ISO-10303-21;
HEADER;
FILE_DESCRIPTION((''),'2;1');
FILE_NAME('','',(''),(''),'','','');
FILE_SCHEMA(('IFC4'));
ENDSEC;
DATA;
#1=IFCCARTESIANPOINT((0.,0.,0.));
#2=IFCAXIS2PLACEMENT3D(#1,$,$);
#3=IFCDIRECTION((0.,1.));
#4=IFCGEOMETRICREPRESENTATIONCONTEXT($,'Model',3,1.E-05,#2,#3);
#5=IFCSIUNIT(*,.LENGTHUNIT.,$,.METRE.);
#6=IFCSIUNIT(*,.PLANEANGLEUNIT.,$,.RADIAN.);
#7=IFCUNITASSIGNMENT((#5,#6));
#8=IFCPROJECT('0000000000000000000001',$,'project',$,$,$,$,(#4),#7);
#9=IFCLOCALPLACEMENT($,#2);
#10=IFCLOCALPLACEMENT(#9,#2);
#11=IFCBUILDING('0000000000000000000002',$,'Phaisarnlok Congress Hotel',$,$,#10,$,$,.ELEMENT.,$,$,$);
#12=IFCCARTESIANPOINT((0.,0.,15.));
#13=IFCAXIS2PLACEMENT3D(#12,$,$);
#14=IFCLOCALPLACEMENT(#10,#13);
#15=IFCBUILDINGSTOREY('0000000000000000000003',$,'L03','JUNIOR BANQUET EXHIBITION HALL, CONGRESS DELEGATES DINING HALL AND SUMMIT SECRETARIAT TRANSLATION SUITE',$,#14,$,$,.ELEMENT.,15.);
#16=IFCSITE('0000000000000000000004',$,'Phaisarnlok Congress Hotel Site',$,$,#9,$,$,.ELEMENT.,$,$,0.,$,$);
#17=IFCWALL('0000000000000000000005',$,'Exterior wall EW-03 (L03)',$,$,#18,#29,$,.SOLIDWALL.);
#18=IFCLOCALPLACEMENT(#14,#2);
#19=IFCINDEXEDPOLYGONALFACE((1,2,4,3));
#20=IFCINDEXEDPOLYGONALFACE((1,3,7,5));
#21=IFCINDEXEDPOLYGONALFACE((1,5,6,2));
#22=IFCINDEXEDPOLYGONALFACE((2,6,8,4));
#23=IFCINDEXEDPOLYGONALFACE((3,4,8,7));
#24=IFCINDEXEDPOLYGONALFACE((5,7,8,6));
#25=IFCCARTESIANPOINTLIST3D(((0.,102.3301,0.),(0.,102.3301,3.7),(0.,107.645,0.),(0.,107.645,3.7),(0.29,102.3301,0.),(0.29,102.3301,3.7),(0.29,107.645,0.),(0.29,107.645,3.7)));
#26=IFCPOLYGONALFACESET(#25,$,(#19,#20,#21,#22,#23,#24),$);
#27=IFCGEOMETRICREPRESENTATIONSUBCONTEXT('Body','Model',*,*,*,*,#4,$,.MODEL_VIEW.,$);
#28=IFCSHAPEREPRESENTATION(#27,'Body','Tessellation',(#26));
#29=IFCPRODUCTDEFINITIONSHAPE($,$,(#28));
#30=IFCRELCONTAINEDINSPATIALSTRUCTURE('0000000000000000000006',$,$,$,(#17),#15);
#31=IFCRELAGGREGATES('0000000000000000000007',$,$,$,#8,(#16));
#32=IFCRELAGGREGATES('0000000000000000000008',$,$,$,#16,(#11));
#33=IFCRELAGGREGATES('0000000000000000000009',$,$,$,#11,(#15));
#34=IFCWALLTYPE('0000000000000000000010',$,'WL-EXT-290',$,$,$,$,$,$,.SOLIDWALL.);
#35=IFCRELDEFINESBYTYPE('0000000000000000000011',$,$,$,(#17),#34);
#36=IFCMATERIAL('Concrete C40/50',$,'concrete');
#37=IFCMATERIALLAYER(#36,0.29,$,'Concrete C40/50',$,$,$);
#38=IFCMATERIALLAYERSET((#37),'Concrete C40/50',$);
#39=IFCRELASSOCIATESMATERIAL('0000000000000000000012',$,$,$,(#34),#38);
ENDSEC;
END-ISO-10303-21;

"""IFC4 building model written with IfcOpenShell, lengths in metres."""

from ifc_helpers import new_model, si_unit, direction, frame, frame_2d, origin, place, context, subcontext, project, spatial, rectangle, extrude, material, layer, layer_set, type_object, element, save


model = new_model("IFC4")

# Units and contexts
model_context = context("Model", 3, precision=1e-05, world=origin(), true_north=direction((0.0, 1.0)))
body_context = subcontext(model_context, "Body", "Model", "MODEL_VIEW")
ifc_project = project(units=[si_unit("LENGTHUNIT", "METRE"), si_unit("PLANEANGLEUNIT", "RADIAN")], contexts=[model_context])

# Site, building, storey
site_placement = place(None, origin())
site = spatial("IfcSite", under=ifc_project, at=site_placement, Name="Phaisarnlok Congress Hotel Site", CompositionType="ELEMENT", RefElevation=0.0)
building_placement = place(site_placement, origin())
building = spatial("IfcBuilding", under=site, at=building_placement, Name="Phaisarnlok Congress Hotel", CompositionType="ELEMENT")
storey_placement = place(building_placement, frame((0.0, 0.0, 15.0)))
storey = spatial("IfcBuildingStorey", under=building, at=storey_placement, Name="L03", Description="JUNIOR BANQUET EXHIBITION HALL, CONGRESS DELEGATES DINING HALL AND SUMMIT SECRETARIAT TRANSLATION SUITE", CompositionType="ELEMENT", Elevation=15.0)

# Shared definitions
ifc_material_1 = material(Name="Concrete C40/50", Category="concrete")

# Wall
ifc_layer_1 = layer(ifc_material_1, 0.29, Name="Concrete C40/50")
ifc_layer_set_1 = layer_set([ifc_layer_1], Name="Concrete C40/50")
wall_type = type_object("IfcWallType", Name="WL-EXT-290", PredefinedType="SOLIDWALL", material=ifc_layer_set_1)
wall_placement = place(storey_placement, frame((0.145, 107.645, 0.0), z_axis=(0.0, 0.0, 1.0), x_axis=(0.0, -1.0, 0.0)))
element("IfcWall", 1, at=wall_placement, inside=storey, type_object=wall_type, Name="Exterior wall EW-03 (L03)", PredefinedType="SOLIDWALL", context=body_context, shape_type="SweptSolid", body=[
    extrude(rectangle(XDim=5.3149, YDim=0.29, at=frame_2d((2.6575, 0.0))), origin(), (0.0, 0.0, 1.0), 3.7),
])

save(model, "model.ifc")
